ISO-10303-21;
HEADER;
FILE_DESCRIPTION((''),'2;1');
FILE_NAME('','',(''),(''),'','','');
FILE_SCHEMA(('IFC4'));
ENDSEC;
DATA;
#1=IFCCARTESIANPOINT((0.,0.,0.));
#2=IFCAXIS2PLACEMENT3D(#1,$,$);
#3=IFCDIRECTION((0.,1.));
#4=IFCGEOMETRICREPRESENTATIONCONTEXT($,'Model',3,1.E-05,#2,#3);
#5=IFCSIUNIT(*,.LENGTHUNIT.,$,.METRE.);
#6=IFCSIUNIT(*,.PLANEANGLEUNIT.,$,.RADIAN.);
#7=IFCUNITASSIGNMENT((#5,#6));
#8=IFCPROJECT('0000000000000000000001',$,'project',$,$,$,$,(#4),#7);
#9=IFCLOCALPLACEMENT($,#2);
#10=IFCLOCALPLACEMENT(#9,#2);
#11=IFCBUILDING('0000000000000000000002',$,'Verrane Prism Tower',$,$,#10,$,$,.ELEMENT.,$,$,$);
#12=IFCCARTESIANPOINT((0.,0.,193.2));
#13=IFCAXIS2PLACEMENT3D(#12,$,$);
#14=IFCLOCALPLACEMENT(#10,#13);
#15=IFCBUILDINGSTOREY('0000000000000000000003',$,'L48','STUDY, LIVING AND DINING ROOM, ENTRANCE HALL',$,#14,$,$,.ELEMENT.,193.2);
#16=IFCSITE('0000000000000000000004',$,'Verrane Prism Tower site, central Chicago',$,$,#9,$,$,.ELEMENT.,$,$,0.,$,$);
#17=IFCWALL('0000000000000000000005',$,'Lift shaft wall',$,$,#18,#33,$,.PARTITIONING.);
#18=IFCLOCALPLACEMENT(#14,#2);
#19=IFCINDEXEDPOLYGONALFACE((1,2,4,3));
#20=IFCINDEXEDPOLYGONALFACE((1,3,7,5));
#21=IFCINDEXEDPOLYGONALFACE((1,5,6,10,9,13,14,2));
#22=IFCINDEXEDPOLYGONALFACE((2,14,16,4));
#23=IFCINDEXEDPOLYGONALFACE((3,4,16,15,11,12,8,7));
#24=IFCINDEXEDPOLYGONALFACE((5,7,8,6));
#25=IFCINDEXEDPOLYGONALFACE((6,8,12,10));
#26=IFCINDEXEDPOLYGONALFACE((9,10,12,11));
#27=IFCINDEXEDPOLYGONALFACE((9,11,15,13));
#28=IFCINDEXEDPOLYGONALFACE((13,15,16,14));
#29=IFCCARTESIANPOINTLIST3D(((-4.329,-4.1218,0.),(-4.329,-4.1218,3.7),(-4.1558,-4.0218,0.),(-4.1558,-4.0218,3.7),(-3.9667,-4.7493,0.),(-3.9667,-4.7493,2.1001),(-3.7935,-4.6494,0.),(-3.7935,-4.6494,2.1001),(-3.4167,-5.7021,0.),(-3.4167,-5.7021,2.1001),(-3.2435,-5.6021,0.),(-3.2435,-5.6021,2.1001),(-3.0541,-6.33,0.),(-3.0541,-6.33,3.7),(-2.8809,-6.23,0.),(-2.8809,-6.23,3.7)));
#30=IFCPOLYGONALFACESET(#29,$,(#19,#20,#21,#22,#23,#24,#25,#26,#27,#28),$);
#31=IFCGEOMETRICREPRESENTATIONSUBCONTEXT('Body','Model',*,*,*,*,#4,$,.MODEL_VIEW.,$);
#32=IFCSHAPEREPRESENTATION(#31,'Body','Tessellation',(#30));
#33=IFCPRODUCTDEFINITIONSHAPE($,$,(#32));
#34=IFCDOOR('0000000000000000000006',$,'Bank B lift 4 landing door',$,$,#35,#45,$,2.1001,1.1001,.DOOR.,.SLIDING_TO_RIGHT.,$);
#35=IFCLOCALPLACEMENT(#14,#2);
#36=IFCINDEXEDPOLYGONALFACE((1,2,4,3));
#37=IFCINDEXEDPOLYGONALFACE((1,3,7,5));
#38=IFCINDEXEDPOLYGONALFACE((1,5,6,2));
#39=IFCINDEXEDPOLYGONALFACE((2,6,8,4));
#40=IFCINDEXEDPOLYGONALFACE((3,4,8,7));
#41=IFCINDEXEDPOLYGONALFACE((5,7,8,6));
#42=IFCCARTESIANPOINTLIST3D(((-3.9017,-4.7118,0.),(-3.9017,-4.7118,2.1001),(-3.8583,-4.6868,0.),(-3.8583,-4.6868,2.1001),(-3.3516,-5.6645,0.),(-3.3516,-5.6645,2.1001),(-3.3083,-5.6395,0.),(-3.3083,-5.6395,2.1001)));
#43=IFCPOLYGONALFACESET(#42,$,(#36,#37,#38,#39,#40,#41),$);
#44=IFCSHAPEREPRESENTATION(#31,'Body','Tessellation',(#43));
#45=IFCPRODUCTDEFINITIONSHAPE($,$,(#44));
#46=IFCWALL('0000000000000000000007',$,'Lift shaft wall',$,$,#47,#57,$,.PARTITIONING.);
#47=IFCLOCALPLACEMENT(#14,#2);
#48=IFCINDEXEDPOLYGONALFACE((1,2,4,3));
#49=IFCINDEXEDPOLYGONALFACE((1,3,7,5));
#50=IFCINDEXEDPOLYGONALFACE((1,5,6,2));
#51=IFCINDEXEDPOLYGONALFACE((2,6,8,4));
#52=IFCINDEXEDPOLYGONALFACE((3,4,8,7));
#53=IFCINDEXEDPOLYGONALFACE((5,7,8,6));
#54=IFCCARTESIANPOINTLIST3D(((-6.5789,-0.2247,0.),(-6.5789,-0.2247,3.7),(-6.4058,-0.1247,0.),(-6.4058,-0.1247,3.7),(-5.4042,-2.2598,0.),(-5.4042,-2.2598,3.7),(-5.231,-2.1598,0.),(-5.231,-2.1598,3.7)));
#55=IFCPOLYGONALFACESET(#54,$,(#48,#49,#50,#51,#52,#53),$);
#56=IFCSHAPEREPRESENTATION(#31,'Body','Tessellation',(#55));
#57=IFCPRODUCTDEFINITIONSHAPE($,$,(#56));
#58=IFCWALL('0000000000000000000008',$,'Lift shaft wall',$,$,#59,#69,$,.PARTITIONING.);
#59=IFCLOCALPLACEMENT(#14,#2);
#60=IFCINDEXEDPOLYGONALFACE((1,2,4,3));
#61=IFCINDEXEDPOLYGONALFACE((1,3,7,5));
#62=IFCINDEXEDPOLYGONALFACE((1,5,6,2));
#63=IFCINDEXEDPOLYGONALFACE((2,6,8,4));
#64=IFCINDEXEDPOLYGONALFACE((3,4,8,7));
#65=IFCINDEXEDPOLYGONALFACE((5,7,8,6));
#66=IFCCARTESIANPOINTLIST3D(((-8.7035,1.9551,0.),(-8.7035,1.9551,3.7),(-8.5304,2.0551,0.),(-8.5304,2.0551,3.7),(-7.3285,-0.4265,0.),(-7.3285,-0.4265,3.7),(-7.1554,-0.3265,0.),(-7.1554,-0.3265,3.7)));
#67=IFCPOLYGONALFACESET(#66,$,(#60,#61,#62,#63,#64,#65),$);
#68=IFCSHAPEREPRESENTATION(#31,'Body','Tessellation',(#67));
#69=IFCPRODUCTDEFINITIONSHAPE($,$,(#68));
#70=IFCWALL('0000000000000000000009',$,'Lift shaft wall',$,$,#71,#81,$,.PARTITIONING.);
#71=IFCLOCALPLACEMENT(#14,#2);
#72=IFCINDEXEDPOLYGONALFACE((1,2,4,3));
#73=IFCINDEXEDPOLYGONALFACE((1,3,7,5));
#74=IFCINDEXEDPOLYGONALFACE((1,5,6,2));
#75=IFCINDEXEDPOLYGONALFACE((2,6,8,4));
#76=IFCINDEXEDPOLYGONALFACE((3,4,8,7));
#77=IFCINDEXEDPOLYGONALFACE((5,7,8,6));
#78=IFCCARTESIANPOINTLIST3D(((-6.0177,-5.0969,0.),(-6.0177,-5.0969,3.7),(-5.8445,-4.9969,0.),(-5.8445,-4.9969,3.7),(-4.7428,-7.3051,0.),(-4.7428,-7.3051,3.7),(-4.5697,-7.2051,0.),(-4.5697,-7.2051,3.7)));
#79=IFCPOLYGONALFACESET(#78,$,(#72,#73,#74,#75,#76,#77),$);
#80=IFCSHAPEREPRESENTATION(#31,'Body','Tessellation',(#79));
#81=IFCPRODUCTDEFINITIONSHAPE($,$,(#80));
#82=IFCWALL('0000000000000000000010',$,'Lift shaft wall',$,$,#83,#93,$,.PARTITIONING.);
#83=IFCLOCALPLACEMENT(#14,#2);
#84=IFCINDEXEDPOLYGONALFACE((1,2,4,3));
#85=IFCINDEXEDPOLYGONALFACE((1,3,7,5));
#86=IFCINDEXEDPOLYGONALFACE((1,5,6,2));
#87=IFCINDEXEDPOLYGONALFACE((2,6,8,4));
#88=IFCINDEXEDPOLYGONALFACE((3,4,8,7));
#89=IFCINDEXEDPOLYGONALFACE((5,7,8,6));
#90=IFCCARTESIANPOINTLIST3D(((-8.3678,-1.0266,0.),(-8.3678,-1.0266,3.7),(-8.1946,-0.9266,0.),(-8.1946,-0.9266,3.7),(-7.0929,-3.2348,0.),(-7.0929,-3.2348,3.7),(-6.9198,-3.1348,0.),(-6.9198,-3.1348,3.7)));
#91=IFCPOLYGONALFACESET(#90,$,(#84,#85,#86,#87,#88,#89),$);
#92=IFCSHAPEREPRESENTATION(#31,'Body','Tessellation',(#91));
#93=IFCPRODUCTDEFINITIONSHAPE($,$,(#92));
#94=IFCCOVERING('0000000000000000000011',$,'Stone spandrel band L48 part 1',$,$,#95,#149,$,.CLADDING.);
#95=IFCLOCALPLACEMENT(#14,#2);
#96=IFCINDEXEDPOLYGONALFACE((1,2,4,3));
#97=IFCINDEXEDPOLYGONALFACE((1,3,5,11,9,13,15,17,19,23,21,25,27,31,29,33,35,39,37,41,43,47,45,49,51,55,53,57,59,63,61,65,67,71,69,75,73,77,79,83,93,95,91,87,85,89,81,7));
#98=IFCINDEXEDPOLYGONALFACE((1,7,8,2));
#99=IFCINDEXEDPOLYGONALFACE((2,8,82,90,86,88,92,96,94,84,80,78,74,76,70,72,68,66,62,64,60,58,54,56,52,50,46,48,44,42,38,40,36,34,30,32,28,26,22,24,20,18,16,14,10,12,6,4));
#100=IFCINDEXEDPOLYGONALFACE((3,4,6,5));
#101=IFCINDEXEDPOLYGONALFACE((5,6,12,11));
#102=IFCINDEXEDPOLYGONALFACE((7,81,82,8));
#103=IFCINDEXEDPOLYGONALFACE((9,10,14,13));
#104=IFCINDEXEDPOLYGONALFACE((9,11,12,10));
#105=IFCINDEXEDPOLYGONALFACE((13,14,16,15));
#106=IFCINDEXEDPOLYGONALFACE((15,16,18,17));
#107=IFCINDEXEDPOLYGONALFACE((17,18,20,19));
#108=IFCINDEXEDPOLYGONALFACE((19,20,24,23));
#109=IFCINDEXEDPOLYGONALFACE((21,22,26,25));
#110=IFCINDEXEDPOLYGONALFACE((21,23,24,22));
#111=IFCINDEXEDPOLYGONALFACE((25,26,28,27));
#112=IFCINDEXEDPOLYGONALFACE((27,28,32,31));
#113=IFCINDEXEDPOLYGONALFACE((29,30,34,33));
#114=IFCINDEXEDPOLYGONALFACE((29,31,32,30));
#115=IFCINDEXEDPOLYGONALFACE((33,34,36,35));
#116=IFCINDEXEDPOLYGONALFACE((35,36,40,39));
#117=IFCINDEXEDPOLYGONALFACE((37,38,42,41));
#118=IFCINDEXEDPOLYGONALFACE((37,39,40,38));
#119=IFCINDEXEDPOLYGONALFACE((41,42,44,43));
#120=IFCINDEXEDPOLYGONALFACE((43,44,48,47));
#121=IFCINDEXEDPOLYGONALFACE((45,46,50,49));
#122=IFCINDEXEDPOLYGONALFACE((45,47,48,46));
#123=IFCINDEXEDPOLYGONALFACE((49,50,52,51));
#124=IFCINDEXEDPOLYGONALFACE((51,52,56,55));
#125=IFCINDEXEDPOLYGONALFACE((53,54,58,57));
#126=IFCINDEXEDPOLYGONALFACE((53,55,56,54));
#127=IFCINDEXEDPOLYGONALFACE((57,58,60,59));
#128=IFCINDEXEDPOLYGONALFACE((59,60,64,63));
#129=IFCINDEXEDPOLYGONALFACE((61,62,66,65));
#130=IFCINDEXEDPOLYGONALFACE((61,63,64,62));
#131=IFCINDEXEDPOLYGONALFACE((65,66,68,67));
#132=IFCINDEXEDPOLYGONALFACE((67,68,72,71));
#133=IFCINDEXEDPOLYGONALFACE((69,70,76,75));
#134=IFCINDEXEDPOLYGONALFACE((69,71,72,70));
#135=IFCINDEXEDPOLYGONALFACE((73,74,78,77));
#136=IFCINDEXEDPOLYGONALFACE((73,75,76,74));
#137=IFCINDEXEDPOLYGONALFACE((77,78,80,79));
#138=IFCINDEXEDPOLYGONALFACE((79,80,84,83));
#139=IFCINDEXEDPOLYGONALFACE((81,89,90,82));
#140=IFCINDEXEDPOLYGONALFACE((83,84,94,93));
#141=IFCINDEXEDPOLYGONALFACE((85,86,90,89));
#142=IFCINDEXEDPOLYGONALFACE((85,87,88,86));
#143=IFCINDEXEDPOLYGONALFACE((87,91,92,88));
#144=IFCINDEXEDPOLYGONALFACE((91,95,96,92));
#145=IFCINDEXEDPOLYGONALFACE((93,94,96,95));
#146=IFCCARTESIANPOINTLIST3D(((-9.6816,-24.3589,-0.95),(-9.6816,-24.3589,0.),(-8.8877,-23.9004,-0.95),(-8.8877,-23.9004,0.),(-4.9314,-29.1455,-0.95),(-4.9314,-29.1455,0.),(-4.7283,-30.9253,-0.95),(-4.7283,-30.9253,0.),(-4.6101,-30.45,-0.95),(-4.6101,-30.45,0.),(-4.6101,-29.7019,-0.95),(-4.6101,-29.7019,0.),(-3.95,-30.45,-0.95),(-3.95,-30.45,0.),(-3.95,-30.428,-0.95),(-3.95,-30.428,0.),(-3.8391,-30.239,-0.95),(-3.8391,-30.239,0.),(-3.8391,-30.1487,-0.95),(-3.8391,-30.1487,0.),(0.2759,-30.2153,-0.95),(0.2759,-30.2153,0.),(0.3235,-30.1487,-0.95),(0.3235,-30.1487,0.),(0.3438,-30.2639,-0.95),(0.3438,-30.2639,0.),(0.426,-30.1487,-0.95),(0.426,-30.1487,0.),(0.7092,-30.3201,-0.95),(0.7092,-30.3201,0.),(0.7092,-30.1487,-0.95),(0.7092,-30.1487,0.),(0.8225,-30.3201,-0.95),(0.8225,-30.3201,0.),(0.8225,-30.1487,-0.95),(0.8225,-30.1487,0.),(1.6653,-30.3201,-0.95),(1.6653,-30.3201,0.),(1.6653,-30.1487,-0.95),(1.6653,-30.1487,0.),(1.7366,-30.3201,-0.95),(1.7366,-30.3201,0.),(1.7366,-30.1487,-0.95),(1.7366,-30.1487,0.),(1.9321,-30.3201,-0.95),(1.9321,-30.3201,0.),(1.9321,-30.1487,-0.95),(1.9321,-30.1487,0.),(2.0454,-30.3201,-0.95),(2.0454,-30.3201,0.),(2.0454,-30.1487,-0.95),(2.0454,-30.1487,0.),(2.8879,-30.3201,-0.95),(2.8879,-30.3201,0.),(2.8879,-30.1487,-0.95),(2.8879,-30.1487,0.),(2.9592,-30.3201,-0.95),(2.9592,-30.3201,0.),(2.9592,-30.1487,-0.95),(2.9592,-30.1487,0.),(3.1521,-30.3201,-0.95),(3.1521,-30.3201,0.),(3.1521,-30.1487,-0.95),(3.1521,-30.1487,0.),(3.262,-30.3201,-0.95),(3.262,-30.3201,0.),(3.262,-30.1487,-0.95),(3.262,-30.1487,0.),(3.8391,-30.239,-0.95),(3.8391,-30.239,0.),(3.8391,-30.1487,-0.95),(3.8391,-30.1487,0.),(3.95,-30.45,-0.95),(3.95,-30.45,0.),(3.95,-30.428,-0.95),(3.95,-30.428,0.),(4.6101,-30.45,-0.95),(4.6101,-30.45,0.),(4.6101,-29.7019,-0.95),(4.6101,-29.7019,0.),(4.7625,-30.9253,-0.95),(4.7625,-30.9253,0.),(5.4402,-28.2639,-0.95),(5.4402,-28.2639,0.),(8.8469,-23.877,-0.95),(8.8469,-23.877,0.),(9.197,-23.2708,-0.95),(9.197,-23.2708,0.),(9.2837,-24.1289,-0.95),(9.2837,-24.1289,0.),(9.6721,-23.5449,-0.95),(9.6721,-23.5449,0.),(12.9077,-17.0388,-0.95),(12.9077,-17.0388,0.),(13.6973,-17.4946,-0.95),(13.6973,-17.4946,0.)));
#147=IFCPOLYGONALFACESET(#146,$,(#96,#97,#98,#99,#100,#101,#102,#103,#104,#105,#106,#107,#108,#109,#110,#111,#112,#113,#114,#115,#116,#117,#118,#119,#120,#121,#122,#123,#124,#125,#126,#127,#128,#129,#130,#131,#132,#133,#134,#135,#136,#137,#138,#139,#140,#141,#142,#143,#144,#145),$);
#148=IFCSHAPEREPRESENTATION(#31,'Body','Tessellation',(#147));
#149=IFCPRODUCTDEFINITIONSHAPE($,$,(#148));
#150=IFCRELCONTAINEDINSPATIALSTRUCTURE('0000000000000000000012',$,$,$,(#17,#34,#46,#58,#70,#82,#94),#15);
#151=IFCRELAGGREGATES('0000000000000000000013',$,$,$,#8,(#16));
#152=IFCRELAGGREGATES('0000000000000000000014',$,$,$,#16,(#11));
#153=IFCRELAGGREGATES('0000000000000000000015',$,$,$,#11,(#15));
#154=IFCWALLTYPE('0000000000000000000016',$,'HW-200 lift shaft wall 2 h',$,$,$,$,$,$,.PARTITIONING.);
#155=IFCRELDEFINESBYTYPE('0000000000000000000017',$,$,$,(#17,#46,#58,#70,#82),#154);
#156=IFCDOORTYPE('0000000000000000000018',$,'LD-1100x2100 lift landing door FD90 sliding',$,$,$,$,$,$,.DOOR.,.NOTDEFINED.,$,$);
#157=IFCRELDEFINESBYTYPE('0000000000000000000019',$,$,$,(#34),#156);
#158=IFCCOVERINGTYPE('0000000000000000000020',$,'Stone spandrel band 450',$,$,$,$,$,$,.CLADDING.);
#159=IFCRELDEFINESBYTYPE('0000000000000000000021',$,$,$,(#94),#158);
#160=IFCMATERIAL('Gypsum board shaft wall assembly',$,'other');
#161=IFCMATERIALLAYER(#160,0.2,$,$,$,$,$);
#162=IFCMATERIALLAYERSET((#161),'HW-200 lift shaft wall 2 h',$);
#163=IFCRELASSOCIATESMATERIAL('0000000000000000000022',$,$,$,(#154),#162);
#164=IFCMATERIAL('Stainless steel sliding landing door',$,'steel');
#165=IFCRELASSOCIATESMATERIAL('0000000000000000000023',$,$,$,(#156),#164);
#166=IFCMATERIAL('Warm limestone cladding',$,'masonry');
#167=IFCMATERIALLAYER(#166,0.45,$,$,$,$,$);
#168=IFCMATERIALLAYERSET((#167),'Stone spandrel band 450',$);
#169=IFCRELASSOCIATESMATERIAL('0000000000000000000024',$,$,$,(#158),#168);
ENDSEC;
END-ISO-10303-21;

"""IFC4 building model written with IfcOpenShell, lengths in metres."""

from ifc_helpers import new_model, si_unit, direction, frame, frame_2d, origin, place, context, subcontext, project, spatial, polyline, rectangle, outline, extrude, material, layer, layer_set, type_object, element, fill, save


model = new_model("IFC4")

# Units and contexts
model_context = context("Model", 3, precision=1e-05, world=origin(), true_north=direction((0.0, 1.0)))
body_context = subcontext(model_context, "Body", "Model", "MODEL_VIEW")
ifc_project = project(units=[si_unit("LENGTHUNIT", "METRE"), si_unit("PLANEANGLEUNIT", "RADIAN")], contexts=[model_context])

# Site, building, storey
site_placement = place(None, origin())
site = spatial("IfcSite", under=ifc_project, at=site_placement, Name="Verrane Prism Tower site, central Chicago", CompositionType="ELEMENT", RefElevation=0.0)
building_placement = place(site_placement, origin())
building = spatial("IfcBuilding", under=site, at=building_placement, Name="Verrane Prism Tower", CompositionType="ELEMENT")
storey_placement = place(building_placement, frame((0.0, 0.0, 193.2)))
storey = spatial("IfcBuildingStorey", under=building, at=storey_placement, Name="L48", Description="STUDY, LIVING AND DINING ROOM, ENTRANCE HALL", CompositionType="ELEMENT", Elevation=193.2)

# Shared definitions
ifc_material_1 = material(Name="Gypsum board shaft wall assembly", Category="other")
ifc_layer_1 = layer(ifc_material_1, 0.2)
ifc_layer_set_1 = layer_set([ifc_layer_1], Name="HW-200 lift shaft wall 2 h")
wall_type_1 = type_object("IfcWallType", Name="HW-200 lift shaft wall 2 h", PredefinedType="PARTITIONING", material=ifc_layer_set_1)
ifc_material_2 = material(Name="Stainless steel sliding landing door", Category="steel")
door_type_1 = type_object("IfcDoorType", Name="LD-1100x2100 lift landing door FD90 sliding", OperationType="NOTDEFINED", PredefinedType="DOOR", material=ifc_material_2)

# Wall, opening, door
wall_1_placement = place(storey_placement, frame((-2.9675, -6.28, 0.0), z_axis=(0.0, 0.0, 1.0), x_axis=(-0.49999, 0.866031, 0.0)))
wall_1 = element("IfcWall", 1, at=wall_1_placement, inside=storey, type_object=wall_type_1, Name="Lift shaft wall", PredefinedType="PARTITIONING", context=body_context, shape_type="SweptSolid", body=[
    extrude(rectangle(XDim=2.5498, YDim=0.2, at=frame_2d((1.2749, 0.0))), origin(), (0.0, 0.0, 1.0), 3.7),
])
opening_1_placement = place(wall_1_placement, frame((0.7251, 0.0, 0.0)))
opening_1 = element("IfcOpeningElement", 2, at=opening_1_placement, cuts=wall_1, PredefinedType="OPENING", context=body_context, shape_type="SweptSolid", body=[
    extrude(rectangle(XDim=1.1001, YDim=2.1001, at=frame_2d((0.55, 1.05))), frame((0.0, 0.1099, 0.0), z_axis=(0.0, -1.0, 0.0), x_axis=(1.0, 0.0, 0.0)), (0.0, 0.0, 1.0), 0.22),
])
door_1_placement = place(opening_1_placement, origin())
door_1 = element("IfcDoor", 3, at=door_1_placement, inside=storey, type_object=door_type_1, Name="Bank B lift 4 landing door", OperationType="SLIDING_TO_RIGHT", OverallHeight=2.1001, OverallWidth=1.1001, PredefinedType="DOOR", context=body_context, shape_type="SweptSolid", body=[
    extrude(rectangle(XDim=1.1001, YDim=2.1001, at=frame_2d((0.55, 1.05))), frame((0.0, 0.0249, 0.0), z_axis=(0.0, -1.0, 0.0), x_axis=(1.0, 0.0, 0.0)), (0.0, 0.0, 1.0), 0.05),
])
fill(opening_1, door_1)

# Walls
wall_2_placement = place(storey_placement, frame((-5.3176, -2.2097, 0.0), z_axis=(0.0, 0.0, 1.0), x_axis=(-0.499938, 0.866061, 0.0)))
element("IfcWall", 4, at=wall_2_placement, inside=storey, type_object=wall_type_1, Name="Lift shaft wall", PredefinedType="PARTITIONING", context=body_context, shape_type="SweptSolid", body=[
    extrude(rectangle(XDim=2.3499, YDim=0.2, at=frame_2d((1.1748, 0.0))), origin(), (0.0, 0.0, 1.0), 3.7),
])
wall_3_placement = place(storey_placement, frame((-7.2419, -0.3765, 0.0), z_axis=(0.0, 0.0, 1.0), x_axis=(-0.499997, 0.866027, 0.0)))
element("IfcWall", 5, at=wall_3_placement, inside=storey, type_object=wall_type_1, Name="Lift shaft wall", PredefinedType="PARTITIONING", context=body_context, shape_type="SweptSolid", body=[
    extrude(rectangle(XDim=2.75, YDim=0.2, at=frame_2d((1.375, 0.0))), origin(), (0.0, 0.0, 1.0), 3.7),
])
for number, where, z_axis, x_axis, name in (
    (6, (-4.6562, -7.2551, 0.0), (0.0, 0.0, 1.0), (-0.49999, 0.866031, 0.0), "Lift shaft wall"),
    (7, (-7.0063, -3.1848, 0.0), (0.0, 0.0, 1.0), (-0.49999, 0.866031, 0.0), "Lift shaft wall"),
):
    element("IfcWall", number, at=place(storey_placement, frame(where, z_axis=z_axis, x_axis=x_axis)), inside=storey, type_object=wall_type_1, Name=name, PredefinedType="PARTITIONING", context=body_context, shape_type="SweptSolid", body=[
        extrude(rectangle(XDim=2.5498, YDim=0.2, at=frame_2d((1.2749, 0.0))), origin(), (0.0, 0.0, 1.0), 3.7),
    ])

# Covering
ifc_material_3 = material(Name="Warm limestone cladding", Category="masonry")
ifc_layer_2 = layer(ifc_material_3, 0.45)
ifc_layer_set_2 = layer_set([ifc_layer_2], Name="Stone spandrel band 450")
covering_type = type_object("IfcCoveringType", Name="Stone spandrel band 450", PredefinedType="CLADDING", material=ifc_layer_set_2)
covering_1_placement = place(storey_placement, frame((0.0, 0.0, -0.95)))
element("IfcCovering", 8, at=covering_1_placement, inside=storey, type_object=covering_type, Name="Stone spandrel band L48 part 1", PredefinedType="CLADDING", context=body_context, shape_type="SweptSolid", body=[
    extrude(outline(polyline([(4.7625, -30.9253), (9.2837, -24.1289), (8.8469, -23.877), (9.197, -23.2708), (9.6721, -23.5449), (13.6973, -17.4946), (12.9077, -17.0388), (5.4402, -28.2639), (4.6101, -29.7019), (4.6101, -30.45), (3.95, -30.45), (3.95, -30.428), (3.8391, -30.239), (3.8391, -30.1487), (3.262, -30.1487), (3.262, -30.3201), (3.1521, -30.3201), (3.1521, -30.1487), (2.9592, -30.1487), (2.9592, -30.3201), (2.8879, -30.3201), (2.8879, -30.1487), (2.0454, -30.1487), (2.0454, -30.3201), (1.9321, -30.3201), (1.9321, -30.1487), (1.7366, -30.1487), (1.7366, -30.3201), (1.6653, -30.3201), (1.6653, -30.1487), (0.8225, -30.1487), (0.8225, -30.3201), (0.7092, -30.3201), (0.7092, -30.1487), (0.426, -30.1487), (0.3438, -30.2639), (0.2759, -30.2153), (0.3235, -30.1487), (-3.8391, -30.1487), (-3.8391, -30.239), (-3.95, -30.428), (-3.95, -30.45), (-4.6101, -30.45), (-4.6101, -29.7019), (-4.9314, -29.1455), (-8.8877, -23.9004), (-9.6816, -24.3589), (-4.7283, -30.9253), (4.7625, -30.9253)])), origin(), (0.0, 0.0, 1.0), 0.95),
])

save(model, "model.ifc")
